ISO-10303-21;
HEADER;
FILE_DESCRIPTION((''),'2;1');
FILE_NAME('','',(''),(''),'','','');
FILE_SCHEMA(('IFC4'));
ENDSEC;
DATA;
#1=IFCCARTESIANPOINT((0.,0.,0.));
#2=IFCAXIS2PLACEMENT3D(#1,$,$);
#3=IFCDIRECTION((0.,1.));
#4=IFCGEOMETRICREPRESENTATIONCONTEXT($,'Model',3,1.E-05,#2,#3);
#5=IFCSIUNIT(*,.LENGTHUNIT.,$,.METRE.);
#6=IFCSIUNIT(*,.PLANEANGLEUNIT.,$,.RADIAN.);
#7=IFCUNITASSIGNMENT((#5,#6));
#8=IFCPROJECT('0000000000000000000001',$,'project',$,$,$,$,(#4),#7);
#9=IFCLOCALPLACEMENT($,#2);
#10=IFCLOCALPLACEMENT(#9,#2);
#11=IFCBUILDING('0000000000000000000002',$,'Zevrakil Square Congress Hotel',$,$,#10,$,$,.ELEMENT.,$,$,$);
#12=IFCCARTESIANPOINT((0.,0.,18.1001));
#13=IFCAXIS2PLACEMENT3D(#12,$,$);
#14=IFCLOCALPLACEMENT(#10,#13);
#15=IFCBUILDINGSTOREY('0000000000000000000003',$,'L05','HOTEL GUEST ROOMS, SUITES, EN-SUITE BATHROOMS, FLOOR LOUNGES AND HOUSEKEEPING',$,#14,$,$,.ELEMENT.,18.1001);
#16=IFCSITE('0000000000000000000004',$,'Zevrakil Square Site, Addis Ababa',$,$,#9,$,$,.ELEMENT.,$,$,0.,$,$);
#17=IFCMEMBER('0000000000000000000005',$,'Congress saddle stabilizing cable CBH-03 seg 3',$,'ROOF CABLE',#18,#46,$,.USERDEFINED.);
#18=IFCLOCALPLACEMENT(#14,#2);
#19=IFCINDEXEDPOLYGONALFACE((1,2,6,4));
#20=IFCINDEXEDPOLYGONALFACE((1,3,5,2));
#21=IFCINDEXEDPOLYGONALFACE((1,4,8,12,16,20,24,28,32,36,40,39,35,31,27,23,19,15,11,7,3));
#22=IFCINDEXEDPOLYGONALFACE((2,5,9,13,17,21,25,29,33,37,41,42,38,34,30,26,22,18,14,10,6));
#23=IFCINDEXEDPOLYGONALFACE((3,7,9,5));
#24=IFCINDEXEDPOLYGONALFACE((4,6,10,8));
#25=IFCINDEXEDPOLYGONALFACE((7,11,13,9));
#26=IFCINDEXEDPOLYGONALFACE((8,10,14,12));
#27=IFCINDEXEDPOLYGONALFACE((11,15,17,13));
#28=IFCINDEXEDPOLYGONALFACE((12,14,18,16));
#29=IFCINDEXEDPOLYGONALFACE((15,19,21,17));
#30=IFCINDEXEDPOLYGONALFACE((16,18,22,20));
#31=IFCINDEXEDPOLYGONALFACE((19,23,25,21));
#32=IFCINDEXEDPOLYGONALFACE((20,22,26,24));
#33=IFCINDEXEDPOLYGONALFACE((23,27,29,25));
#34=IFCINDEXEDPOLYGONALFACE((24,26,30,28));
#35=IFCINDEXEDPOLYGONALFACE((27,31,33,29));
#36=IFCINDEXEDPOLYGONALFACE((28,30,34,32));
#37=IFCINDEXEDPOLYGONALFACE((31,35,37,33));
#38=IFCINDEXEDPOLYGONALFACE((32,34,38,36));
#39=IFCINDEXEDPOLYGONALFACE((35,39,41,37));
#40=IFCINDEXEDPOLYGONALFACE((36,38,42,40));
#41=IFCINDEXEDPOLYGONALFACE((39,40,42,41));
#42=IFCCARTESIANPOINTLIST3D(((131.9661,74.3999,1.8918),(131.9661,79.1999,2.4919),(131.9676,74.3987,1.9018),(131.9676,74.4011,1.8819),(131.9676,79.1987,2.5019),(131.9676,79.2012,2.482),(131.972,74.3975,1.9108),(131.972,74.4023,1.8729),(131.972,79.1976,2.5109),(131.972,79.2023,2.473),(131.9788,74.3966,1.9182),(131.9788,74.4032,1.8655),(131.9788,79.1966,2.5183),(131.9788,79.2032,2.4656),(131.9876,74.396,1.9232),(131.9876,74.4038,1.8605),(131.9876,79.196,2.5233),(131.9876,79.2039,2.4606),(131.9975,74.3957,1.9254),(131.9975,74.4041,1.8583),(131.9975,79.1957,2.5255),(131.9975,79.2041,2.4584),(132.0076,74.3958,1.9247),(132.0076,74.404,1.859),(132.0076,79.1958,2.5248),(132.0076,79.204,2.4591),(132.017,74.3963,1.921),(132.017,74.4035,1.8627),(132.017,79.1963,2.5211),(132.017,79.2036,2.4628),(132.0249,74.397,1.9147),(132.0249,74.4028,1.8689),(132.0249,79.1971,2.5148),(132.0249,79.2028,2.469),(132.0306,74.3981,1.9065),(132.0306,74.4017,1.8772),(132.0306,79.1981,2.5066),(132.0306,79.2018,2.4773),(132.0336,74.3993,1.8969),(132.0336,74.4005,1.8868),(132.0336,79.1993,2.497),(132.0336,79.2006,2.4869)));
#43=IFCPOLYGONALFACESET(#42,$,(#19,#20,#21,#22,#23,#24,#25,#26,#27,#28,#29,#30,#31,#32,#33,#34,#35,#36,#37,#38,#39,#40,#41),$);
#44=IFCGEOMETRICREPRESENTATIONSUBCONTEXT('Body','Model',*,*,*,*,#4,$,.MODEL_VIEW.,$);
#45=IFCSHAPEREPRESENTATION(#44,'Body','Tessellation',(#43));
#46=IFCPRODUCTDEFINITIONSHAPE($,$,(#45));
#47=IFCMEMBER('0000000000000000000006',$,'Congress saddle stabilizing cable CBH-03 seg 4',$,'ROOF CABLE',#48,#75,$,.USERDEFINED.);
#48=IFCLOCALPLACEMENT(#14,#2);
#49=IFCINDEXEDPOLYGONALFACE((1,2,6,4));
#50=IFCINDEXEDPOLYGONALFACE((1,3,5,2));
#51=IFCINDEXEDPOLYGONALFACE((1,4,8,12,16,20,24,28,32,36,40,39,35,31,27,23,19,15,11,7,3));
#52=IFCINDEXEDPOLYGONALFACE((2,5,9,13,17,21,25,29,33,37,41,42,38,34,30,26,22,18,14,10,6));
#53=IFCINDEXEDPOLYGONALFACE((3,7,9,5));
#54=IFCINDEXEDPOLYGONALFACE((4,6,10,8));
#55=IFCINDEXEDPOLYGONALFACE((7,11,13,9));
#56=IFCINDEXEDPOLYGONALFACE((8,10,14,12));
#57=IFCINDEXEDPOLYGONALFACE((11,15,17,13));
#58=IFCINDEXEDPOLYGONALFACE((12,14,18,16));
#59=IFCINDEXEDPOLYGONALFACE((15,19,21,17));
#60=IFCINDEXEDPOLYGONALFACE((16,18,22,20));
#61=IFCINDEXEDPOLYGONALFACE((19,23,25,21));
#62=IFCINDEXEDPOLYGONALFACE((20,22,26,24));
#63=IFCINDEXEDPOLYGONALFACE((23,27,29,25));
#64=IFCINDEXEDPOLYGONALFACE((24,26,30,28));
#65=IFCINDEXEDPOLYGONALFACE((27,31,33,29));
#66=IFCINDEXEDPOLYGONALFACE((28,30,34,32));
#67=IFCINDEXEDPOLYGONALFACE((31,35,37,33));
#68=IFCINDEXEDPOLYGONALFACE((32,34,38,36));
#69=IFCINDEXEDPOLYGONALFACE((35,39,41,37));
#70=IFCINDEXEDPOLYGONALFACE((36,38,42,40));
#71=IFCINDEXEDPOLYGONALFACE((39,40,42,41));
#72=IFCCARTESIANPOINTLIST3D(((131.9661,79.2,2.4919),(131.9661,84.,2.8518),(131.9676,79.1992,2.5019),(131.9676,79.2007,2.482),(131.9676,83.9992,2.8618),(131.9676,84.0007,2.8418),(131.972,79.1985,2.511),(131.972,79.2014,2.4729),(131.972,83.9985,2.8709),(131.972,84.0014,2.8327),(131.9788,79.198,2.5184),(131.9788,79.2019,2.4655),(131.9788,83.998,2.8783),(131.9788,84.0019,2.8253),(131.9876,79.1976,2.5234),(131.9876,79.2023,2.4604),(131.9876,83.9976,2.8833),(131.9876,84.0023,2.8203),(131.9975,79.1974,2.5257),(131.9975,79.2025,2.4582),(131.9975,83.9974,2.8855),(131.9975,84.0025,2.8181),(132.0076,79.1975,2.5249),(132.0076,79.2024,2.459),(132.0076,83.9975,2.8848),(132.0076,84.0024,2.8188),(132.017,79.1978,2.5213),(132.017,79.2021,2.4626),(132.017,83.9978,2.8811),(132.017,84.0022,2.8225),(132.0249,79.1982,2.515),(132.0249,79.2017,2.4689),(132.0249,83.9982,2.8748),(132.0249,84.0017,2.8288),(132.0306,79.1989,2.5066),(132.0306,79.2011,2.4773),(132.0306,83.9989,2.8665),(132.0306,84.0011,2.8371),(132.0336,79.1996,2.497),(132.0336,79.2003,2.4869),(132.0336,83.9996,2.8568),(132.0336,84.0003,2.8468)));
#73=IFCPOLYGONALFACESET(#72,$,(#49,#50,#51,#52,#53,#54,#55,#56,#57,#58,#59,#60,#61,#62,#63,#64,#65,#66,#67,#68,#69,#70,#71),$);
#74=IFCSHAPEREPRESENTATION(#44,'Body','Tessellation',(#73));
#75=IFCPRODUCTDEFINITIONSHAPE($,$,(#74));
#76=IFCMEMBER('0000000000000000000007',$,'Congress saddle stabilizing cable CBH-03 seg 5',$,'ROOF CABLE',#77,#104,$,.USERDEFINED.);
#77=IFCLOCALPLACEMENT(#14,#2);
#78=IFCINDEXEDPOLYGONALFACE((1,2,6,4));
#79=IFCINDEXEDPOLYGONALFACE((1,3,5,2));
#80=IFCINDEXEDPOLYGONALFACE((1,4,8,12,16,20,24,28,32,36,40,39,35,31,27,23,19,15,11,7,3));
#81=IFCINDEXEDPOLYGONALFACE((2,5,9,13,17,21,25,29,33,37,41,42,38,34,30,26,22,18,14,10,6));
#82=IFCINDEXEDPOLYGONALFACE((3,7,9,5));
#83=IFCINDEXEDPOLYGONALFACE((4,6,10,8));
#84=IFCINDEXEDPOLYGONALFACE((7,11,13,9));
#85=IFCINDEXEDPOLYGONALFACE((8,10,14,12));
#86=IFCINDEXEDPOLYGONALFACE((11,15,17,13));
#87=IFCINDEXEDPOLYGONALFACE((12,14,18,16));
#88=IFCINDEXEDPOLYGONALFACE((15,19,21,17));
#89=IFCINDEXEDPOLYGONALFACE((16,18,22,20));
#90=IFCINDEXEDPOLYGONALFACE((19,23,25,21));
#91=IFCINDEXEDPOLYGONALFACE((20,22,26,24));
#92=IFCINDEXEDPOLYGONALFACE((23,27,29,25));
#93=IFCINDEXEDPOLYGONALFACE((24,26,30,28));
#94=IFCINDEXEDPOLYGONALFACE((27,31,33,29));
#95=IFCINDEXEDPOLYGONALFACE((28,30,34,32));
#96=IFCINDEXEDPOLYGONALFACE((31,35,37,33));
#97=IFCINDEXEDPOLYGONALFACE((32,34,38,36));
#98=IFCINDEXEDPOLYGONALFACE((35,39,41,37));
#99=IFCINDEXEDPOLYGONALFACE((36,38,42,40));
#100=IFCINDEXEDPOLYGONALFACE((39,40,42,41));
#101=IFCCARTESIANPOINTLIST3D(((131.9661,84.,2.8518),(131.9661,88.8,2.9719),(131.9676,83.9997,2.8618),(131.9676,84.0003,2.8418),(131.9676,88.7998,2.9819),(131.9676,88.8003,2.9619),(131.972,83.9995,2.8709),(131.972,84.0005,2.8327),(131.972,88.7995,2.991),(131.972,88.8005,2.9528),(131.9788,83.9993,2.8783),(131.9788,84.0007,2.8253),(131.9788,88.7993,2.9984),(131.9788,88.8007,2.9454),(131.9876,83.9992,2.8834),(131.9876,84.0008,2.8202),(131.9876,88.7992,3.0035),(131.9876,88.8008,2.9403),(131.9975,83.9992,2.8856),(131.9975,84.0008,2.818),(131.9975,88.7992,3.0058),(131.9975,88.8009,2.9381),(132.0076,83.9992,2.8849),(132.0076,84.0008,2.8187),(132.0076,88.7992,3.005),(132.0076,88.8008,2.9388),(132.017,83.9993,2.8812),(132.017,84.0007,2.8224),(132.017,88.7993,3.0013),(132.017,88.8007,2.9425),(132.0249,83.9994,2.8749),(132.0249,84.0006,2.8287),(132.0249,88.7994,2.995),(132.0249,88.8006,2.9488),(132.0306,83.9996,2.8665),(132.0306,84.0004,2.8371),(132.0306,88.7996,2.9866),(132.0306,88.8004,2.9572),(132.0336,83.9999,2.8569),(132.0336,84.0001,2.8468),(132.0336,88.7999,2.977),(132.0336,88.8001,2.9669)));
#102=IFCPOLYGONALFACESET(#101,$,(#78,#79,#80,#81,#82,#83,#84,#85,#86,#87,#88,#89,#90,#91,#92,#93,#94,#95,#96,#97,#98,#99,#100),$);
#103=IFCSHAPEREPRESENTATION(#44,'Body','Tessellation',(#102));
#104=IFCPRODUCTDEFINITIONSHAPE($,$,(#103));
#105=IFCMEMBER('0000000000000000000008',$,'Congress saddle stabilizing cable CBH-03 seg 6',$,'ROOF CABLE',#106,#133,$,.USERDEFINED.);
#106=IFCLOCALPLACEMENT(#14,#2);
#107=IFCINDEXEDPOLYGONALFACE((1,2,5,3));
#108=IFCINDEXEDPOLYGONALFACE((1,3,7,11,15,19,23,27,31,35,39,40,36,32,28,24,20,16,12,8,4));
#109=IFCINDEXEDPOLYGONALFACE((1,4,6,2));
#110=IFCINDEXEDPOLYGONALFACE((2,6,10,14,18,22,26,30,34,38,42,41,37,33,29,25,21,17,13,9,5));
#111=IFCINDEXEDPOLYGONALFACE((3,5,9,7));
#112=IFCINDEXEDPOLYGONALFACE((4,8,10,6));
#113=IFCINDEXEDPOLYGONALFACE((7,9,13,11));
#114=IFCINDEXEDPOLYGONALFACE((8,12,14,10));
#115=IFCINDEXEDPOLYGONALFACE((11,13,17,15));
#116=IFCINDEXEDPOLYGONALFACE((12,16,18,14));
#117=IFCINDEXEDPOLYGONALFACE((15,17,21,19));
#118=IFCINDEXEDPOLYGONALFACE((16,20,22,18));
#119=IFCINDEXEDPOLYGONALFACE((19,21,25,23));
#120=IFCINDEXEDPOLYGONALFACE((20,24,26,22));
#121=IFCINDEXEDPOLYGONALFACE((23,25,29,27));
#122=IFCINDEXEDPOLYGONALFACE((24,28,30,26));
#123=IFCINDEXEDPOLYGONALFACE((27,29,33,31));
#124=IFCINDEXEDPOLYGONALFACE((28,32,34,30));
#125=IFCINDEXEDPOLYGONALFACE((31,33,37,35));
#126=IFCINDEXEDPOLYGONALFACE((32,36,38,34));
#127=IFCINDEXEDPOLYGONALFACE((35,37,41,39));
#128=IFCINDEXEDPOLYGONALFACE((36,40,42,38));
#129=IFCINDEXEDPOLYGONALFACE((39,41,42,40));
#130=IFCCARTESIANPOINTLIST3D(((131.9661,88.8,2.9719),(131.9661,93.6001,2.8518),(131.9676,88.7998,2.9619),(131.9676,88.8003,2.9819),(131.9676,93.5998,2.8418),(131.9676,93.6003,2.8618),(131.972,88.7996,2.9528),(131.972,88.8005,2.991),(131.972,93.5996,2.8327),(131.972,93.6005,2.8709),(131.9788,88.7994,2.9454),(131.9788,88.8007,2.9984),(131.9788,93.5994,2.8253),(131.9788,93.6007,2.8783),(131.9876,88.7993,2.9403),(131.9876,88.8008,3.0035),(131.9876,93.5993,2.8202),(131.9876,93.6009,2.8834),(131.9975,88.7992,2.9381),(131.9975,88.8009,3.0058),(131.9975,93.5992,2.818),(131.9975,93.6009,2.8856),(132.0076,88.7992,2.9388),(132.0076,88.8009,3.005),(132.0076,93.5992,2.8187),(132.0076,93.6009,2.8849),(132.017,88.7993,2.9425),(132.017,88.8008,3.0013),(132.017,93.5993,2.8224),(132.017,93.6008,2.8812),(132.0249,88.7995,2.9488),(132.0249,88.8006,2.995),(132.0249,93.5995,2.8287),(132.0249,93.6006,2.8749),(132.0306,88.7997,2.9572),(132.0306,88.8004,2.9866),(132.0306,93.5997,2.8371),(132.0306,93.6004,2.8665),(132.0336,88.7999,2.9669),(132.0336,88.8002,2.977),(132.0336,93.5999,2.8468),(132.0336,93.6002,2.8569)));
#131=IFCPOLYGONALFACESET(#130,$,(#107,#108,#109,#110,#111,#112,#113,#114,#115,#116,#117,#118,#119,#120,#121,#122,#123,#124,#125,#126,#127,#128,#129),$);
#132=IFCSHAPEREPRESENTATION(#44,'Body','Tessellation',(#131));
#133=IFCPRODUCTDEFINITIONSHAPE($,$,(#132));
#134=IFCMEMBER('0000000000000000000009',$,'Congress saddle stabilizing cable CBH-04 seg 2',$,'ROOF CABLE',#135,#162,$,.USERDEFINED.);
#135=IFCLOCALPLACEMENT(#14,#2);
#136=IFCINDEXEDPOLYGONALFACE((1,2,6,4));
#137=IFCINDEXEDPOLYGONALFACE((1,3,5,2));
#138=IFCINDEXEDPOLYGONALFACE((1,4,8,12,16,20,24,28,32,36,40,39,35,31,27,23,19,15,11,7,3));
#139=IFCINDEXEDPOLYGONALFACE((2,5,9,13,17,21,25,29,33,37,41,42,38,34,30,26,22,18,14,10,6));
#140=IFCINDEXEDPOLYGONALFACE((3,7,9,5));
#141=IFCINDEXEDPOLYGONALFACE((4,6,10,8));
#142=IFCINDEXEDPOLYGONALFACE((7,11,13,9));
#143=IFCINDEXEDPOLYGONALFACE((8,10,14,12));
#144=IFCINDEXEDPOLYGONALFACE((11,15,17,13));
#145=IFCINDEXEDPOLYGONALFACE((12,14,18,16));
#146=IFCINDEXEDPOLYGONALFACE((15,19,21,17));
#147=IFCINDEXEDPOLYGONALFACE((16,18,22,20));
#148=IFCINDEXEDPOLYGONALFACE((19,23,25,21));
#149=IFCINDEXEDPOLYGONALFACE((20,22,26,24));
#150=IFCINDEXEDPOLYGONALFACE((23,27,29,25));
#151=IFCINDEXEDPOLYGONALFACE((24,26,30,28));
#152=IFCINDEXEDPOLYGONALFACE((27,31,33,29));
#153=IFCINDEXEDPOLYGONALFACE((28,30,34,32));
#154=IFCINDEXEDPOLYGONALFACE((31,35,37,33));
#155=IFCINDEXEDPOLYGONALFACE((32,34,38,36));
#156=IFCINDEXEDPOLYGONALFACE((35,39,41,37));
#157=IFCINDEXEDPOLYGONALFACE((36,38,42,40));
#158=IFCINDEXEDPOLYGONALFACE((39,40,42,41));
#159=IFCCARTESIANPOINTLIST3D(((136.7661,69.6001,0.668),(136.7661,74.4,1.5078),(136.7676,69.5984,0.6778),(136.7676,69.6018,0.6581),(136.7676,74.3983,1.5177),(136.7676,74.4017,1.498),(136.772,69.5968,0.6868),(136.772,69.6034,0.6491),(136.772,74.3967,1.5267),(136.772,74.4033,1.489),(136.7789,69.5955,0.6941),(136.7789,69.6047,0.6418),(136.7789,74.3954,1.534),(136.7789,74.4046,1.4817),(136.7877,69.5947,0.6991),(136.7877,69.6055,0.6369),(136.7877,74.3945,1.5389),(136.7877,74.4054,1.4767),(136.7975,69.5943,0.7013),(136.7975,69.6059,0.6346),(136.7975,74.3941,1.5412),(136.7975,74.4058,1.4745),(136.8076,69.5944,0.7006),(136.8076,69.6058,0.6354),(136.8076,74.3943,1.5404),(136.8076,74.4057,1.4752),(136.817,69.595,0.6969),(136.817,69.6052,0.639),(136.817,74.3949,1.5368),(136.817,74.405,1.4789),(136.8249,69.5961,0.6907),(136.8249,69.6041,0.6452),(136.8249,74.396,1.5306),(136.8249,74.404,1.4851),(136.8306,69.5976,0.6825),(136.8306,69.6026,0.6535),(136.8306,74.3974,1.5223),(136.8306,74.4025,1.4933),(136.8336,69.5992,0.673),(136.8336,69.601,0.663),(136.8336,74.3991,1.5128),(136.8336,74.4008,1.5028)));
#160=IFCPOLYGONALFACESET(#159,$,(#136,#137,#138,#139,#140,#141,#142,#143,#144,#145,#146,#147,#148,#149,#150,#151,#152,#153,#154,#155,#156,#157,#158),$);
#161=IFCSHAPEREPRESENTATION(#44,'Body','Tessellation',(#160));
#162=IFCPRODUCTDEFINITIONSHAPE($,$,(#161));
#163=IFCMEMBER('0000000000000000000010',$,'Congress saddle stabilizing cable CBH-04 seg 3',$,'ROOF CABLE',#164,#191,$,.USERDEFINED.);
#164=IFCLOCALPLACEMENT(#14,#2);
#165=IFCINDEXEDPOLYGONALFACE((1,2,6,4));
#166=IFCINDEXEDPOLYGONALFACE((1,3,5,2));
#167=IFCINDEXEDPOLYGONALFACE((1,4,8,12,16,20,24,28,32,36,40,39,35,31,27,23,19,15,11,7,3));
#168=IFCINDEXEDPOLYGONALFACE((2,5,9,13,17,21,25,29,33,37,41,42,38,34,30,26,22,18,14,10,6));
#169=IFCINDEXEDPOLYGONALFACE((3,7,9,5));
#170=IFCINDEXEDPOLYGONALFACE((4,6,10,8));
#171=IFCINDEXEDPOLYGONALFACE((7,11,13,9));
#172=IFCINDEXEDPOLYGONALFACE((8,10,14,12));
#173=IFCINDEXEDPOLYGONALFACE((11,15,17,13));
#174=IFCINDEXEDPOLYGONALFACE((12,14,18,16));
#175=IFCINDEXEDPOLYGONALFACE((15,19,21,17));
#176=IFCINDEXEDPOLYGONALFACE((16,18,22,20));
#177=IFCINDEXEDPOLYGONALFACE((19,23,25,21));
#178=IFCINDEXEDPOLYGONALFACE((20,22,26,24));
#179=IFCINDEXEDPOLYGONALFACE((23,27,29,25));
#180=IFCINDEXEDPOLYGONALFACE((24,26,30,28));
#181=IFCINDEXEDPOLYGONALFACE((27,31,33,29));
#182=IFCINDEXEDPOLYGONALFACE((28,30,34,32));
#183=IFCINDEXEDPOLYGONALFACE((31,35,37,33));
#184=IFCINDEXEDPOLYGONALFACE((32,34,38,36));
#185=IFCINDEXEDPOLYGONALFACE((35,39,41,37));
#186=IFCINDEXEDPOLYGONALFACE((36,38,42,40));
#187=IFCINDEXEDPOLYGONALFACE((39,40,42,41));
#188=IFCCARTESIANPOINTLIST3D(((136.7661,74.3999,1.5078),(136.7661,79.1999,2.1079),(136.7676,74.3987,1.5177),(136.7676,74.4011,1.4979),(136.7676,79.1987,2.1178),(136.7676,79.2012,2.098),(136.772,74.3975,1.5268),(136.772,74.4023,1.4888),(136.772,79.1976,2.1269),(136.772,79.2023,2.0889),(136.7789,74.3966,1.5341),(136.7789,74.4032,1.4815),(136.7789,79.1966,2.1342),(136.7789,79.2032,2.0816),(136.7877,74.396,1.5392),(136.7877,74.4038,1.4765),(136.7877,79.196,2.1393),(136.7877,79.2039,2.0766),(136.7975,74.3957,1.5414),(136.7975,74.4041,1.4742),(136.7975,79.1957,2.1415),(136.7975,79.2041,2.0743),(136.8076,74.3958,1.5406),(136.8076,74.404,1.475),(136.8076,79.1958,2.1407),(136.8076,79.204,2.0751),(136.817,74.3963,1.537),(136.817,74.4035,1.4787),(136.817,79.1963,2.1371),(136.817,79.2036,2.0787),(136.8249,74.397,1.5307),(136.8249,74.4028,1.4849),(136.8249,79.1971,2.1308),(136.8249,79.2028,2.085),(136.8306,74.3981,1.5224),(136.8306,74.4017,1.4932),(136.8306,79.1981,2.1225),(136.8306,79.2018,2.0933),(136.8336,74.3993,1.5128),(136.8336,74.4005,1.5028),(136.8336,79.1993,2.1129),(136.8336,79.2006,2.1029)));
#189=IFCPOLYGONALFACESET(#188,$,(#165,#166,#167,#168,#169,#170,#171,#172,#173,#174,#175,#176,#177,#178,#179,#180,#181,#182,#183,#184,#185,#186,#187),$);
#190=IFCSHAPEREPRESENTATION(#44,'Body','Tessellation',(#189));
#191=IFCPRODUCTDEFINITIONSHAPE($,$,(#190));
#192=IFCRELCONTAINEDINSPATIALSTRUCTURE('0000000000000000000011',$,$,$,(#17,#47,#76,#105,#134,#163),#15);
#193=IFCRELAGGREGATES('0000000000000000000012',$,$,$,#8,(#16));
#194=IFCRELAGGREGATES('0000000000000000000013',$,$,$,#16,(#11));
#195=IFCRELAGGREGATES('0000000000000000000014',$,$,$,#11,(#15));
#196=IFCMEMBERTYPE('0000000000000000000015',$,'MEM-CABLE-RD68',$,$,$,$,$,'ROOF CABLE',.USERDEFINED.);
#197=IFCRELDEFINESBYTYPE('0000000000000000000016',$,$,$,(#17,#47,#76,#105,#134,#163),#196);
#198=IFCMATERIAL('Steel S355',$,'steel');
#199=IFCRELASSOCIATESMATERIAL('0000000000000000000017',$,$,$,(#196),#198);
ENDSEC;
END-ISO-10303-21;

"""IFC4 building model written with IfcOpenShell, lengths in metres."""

from ifc_helpers import new_model, si_unit, direction, frame, origin, origin_2d, place, context, subcontext, project, spatial, circle, extrude, material, material_profile, profile_set, type_object, element, save


model = new_model("IFC4")

# Units and contexts
model_context = context("Model", 3, precision=1e-05, world=origin(), true_north=direction((0.0, 1.0)))
body_context = subcontext(model_context, "Body", "Model", "MODEL_VIEW")
ifc_project = project(units=[si_unit("LENGTHUNIT", "METRE"), si_unit("PLANEANGLEUNIT", "RADIAN")], contexts=[model_context])

# Site, building, storey
site_placement = place(None, origin())
site = spatial("IfcSite", under=ifc_project, at=site_placement, Name="Zevrakil Square Site, Addis Ababa", CompositionType="ELEMENT", RefElevation=0.0)
building_placement = place(site_placement, origin())
building = spatial("IfcBuilding", under=site, at=building_placement, Name="Zevrakil Square Congress Hotel", CompositionType="ELEMENT")
storey_placement = place(building_placement, frame((0.0, 0.0, 18.1001)))
storey = spatial("IfcBuildingStorey", under=building, at=storey_placement, Name="L05", Description="HOTEL GUEST ROOMS, SUITES, EN-SUITE BATHROOMS, FLOOR LOUNGES AND HOUSEKEEPING", CompositionType="ELEMENT", Elevation=18.1001)

# Members
ifc_material_1 = material(Name="Steel S355", Category="steel")
ifc_material_profile_1 = material_profile(ifc_material_1, circle(Radius=0.0339, at=origin_2d()), Name="CABLE RD68")
ifc_profile_set_1 = profile_set([ifc_material_profile_1], Name="Steel S355")
member_type_1 = type_object("IfcMemberType", Name="MEM-CABLE-RD68", ElementType="ROOF CABLE", PredefinedType="USERDEFINED", material=ifc_profile_set_1)
member_1_placement = place(storey_placement, frame((132.0, 74.3999, 1.8918), z_axis=(0.0, 0.992276, 0.124053), x_axis=(-1.0, 0.0, 0.0)))
element("IfcMember", 1, at=member_1_placement, inside=storey, type_object=member_type_1, Name="Congress saddle stabilizing cable CBH-03 seg 3", ObjectType="ROOF CABLE", PredefinedType="USERDEFINED", context=body_context, shape_type="SweptSolid", body=[
    extrude(circle(Radius=0.0339, at=origin_2d()), origin(), (0.0, 0.0, 1.0), 4.8374),
])
member_2_placement = place(storey_placement, frame((132.0, 79.2, 2.4919), z_axis=(0.0, 0.997201, 0.074761), x_axis=(-1.0, 0.0, 0.0)))
element("IfcMember", 2, at=member_2_placement, inside=storey, type_object=member_type_1, Name="Congress saddle stabilizing cable CBH-03 seg 4", ObjectType="ROOF CABLE", PredefinedType="USERDEFINED", context=body_context, shape_type="SweptSolid", body=[
    extrude(circle(Radius=0.0339, at=origin_2d()), origin(), (0.0, 0.0, 1.0), 4.8135),
])
for number, where, z_axis, x_axis, name in (
    (3, (132.0, 84.0, 2.8518), (0.0, 0.999687, 0.025016), (-1.0, 0.0, 0.0), "Congress saddle stabilizing cable CBH-03 seg 5"),
    (4, (132.0, 88.8, 2.9719), (0.0, 0.999687, -0.025016), (-1.0, 0.0, 0.0), "Congress saddle stabilizing cable CBH-03 seg 6"),
):
    element("IfcMember", number, at=place(storey_placement, frame(where, z_axis=z_axis, x_axis=x_axis)), inside=storey, type_object=member_type_1, Name=name, ObjectType="ROOF CABLE", PredefinedType="USERDEFINED", context=body_context, shape_type="SweptSolid", body=[
        extrude(circle(Radius=0.0339, at=origin_2d()), origin(), (0.0, 0.0, 1.0), 4.8015),
    ])
member_3_placement = place(storey_placement, frame((136.8, 69.6001, 0.668), z_axis=(0.0, 0.985035, 0.172356), x_axis=(-1.0, 0.0, 0.0)))
element("IfcMember", 5, at=member_3_placement, inside=storey, type_object=member_type_1, Name="Congress saddle stabilizing cable CBH-04 seg 2", ObjectType="ROOF CABLE", PredefinedType="USERDEFINED", context=body_context, shape_type="SweptSolid", body=[
    extrude(circle(Radius=0.0339, at=origin_2d()), origin(), (0.0, 0.0, 1.0), 4.8728),
])
member_4_placement = place(storey_placement, frame((136.8, 74.3999, 1.5078), z_axis=(0.0, 0.992276, 0.124053), x_axis=(-1.0, 0.0, 0.0)))
element("IfcMember", 6, at=member_4_placement, inside=storey, type_object=member_type_1, Name="Congress saddle stabilizing cable CBH-04 seg 3", ObjectType="ROOF CABLE", PredefinedType="USERDEFINED", context=body_context, shape_type="SweptSolid", body=[
    extrude(circle(Radius=0.0339, at=origin_2d()), origin(), (0.0, 0.0, 1.0), 4.8374),
])

save(model, "model.ifc")
